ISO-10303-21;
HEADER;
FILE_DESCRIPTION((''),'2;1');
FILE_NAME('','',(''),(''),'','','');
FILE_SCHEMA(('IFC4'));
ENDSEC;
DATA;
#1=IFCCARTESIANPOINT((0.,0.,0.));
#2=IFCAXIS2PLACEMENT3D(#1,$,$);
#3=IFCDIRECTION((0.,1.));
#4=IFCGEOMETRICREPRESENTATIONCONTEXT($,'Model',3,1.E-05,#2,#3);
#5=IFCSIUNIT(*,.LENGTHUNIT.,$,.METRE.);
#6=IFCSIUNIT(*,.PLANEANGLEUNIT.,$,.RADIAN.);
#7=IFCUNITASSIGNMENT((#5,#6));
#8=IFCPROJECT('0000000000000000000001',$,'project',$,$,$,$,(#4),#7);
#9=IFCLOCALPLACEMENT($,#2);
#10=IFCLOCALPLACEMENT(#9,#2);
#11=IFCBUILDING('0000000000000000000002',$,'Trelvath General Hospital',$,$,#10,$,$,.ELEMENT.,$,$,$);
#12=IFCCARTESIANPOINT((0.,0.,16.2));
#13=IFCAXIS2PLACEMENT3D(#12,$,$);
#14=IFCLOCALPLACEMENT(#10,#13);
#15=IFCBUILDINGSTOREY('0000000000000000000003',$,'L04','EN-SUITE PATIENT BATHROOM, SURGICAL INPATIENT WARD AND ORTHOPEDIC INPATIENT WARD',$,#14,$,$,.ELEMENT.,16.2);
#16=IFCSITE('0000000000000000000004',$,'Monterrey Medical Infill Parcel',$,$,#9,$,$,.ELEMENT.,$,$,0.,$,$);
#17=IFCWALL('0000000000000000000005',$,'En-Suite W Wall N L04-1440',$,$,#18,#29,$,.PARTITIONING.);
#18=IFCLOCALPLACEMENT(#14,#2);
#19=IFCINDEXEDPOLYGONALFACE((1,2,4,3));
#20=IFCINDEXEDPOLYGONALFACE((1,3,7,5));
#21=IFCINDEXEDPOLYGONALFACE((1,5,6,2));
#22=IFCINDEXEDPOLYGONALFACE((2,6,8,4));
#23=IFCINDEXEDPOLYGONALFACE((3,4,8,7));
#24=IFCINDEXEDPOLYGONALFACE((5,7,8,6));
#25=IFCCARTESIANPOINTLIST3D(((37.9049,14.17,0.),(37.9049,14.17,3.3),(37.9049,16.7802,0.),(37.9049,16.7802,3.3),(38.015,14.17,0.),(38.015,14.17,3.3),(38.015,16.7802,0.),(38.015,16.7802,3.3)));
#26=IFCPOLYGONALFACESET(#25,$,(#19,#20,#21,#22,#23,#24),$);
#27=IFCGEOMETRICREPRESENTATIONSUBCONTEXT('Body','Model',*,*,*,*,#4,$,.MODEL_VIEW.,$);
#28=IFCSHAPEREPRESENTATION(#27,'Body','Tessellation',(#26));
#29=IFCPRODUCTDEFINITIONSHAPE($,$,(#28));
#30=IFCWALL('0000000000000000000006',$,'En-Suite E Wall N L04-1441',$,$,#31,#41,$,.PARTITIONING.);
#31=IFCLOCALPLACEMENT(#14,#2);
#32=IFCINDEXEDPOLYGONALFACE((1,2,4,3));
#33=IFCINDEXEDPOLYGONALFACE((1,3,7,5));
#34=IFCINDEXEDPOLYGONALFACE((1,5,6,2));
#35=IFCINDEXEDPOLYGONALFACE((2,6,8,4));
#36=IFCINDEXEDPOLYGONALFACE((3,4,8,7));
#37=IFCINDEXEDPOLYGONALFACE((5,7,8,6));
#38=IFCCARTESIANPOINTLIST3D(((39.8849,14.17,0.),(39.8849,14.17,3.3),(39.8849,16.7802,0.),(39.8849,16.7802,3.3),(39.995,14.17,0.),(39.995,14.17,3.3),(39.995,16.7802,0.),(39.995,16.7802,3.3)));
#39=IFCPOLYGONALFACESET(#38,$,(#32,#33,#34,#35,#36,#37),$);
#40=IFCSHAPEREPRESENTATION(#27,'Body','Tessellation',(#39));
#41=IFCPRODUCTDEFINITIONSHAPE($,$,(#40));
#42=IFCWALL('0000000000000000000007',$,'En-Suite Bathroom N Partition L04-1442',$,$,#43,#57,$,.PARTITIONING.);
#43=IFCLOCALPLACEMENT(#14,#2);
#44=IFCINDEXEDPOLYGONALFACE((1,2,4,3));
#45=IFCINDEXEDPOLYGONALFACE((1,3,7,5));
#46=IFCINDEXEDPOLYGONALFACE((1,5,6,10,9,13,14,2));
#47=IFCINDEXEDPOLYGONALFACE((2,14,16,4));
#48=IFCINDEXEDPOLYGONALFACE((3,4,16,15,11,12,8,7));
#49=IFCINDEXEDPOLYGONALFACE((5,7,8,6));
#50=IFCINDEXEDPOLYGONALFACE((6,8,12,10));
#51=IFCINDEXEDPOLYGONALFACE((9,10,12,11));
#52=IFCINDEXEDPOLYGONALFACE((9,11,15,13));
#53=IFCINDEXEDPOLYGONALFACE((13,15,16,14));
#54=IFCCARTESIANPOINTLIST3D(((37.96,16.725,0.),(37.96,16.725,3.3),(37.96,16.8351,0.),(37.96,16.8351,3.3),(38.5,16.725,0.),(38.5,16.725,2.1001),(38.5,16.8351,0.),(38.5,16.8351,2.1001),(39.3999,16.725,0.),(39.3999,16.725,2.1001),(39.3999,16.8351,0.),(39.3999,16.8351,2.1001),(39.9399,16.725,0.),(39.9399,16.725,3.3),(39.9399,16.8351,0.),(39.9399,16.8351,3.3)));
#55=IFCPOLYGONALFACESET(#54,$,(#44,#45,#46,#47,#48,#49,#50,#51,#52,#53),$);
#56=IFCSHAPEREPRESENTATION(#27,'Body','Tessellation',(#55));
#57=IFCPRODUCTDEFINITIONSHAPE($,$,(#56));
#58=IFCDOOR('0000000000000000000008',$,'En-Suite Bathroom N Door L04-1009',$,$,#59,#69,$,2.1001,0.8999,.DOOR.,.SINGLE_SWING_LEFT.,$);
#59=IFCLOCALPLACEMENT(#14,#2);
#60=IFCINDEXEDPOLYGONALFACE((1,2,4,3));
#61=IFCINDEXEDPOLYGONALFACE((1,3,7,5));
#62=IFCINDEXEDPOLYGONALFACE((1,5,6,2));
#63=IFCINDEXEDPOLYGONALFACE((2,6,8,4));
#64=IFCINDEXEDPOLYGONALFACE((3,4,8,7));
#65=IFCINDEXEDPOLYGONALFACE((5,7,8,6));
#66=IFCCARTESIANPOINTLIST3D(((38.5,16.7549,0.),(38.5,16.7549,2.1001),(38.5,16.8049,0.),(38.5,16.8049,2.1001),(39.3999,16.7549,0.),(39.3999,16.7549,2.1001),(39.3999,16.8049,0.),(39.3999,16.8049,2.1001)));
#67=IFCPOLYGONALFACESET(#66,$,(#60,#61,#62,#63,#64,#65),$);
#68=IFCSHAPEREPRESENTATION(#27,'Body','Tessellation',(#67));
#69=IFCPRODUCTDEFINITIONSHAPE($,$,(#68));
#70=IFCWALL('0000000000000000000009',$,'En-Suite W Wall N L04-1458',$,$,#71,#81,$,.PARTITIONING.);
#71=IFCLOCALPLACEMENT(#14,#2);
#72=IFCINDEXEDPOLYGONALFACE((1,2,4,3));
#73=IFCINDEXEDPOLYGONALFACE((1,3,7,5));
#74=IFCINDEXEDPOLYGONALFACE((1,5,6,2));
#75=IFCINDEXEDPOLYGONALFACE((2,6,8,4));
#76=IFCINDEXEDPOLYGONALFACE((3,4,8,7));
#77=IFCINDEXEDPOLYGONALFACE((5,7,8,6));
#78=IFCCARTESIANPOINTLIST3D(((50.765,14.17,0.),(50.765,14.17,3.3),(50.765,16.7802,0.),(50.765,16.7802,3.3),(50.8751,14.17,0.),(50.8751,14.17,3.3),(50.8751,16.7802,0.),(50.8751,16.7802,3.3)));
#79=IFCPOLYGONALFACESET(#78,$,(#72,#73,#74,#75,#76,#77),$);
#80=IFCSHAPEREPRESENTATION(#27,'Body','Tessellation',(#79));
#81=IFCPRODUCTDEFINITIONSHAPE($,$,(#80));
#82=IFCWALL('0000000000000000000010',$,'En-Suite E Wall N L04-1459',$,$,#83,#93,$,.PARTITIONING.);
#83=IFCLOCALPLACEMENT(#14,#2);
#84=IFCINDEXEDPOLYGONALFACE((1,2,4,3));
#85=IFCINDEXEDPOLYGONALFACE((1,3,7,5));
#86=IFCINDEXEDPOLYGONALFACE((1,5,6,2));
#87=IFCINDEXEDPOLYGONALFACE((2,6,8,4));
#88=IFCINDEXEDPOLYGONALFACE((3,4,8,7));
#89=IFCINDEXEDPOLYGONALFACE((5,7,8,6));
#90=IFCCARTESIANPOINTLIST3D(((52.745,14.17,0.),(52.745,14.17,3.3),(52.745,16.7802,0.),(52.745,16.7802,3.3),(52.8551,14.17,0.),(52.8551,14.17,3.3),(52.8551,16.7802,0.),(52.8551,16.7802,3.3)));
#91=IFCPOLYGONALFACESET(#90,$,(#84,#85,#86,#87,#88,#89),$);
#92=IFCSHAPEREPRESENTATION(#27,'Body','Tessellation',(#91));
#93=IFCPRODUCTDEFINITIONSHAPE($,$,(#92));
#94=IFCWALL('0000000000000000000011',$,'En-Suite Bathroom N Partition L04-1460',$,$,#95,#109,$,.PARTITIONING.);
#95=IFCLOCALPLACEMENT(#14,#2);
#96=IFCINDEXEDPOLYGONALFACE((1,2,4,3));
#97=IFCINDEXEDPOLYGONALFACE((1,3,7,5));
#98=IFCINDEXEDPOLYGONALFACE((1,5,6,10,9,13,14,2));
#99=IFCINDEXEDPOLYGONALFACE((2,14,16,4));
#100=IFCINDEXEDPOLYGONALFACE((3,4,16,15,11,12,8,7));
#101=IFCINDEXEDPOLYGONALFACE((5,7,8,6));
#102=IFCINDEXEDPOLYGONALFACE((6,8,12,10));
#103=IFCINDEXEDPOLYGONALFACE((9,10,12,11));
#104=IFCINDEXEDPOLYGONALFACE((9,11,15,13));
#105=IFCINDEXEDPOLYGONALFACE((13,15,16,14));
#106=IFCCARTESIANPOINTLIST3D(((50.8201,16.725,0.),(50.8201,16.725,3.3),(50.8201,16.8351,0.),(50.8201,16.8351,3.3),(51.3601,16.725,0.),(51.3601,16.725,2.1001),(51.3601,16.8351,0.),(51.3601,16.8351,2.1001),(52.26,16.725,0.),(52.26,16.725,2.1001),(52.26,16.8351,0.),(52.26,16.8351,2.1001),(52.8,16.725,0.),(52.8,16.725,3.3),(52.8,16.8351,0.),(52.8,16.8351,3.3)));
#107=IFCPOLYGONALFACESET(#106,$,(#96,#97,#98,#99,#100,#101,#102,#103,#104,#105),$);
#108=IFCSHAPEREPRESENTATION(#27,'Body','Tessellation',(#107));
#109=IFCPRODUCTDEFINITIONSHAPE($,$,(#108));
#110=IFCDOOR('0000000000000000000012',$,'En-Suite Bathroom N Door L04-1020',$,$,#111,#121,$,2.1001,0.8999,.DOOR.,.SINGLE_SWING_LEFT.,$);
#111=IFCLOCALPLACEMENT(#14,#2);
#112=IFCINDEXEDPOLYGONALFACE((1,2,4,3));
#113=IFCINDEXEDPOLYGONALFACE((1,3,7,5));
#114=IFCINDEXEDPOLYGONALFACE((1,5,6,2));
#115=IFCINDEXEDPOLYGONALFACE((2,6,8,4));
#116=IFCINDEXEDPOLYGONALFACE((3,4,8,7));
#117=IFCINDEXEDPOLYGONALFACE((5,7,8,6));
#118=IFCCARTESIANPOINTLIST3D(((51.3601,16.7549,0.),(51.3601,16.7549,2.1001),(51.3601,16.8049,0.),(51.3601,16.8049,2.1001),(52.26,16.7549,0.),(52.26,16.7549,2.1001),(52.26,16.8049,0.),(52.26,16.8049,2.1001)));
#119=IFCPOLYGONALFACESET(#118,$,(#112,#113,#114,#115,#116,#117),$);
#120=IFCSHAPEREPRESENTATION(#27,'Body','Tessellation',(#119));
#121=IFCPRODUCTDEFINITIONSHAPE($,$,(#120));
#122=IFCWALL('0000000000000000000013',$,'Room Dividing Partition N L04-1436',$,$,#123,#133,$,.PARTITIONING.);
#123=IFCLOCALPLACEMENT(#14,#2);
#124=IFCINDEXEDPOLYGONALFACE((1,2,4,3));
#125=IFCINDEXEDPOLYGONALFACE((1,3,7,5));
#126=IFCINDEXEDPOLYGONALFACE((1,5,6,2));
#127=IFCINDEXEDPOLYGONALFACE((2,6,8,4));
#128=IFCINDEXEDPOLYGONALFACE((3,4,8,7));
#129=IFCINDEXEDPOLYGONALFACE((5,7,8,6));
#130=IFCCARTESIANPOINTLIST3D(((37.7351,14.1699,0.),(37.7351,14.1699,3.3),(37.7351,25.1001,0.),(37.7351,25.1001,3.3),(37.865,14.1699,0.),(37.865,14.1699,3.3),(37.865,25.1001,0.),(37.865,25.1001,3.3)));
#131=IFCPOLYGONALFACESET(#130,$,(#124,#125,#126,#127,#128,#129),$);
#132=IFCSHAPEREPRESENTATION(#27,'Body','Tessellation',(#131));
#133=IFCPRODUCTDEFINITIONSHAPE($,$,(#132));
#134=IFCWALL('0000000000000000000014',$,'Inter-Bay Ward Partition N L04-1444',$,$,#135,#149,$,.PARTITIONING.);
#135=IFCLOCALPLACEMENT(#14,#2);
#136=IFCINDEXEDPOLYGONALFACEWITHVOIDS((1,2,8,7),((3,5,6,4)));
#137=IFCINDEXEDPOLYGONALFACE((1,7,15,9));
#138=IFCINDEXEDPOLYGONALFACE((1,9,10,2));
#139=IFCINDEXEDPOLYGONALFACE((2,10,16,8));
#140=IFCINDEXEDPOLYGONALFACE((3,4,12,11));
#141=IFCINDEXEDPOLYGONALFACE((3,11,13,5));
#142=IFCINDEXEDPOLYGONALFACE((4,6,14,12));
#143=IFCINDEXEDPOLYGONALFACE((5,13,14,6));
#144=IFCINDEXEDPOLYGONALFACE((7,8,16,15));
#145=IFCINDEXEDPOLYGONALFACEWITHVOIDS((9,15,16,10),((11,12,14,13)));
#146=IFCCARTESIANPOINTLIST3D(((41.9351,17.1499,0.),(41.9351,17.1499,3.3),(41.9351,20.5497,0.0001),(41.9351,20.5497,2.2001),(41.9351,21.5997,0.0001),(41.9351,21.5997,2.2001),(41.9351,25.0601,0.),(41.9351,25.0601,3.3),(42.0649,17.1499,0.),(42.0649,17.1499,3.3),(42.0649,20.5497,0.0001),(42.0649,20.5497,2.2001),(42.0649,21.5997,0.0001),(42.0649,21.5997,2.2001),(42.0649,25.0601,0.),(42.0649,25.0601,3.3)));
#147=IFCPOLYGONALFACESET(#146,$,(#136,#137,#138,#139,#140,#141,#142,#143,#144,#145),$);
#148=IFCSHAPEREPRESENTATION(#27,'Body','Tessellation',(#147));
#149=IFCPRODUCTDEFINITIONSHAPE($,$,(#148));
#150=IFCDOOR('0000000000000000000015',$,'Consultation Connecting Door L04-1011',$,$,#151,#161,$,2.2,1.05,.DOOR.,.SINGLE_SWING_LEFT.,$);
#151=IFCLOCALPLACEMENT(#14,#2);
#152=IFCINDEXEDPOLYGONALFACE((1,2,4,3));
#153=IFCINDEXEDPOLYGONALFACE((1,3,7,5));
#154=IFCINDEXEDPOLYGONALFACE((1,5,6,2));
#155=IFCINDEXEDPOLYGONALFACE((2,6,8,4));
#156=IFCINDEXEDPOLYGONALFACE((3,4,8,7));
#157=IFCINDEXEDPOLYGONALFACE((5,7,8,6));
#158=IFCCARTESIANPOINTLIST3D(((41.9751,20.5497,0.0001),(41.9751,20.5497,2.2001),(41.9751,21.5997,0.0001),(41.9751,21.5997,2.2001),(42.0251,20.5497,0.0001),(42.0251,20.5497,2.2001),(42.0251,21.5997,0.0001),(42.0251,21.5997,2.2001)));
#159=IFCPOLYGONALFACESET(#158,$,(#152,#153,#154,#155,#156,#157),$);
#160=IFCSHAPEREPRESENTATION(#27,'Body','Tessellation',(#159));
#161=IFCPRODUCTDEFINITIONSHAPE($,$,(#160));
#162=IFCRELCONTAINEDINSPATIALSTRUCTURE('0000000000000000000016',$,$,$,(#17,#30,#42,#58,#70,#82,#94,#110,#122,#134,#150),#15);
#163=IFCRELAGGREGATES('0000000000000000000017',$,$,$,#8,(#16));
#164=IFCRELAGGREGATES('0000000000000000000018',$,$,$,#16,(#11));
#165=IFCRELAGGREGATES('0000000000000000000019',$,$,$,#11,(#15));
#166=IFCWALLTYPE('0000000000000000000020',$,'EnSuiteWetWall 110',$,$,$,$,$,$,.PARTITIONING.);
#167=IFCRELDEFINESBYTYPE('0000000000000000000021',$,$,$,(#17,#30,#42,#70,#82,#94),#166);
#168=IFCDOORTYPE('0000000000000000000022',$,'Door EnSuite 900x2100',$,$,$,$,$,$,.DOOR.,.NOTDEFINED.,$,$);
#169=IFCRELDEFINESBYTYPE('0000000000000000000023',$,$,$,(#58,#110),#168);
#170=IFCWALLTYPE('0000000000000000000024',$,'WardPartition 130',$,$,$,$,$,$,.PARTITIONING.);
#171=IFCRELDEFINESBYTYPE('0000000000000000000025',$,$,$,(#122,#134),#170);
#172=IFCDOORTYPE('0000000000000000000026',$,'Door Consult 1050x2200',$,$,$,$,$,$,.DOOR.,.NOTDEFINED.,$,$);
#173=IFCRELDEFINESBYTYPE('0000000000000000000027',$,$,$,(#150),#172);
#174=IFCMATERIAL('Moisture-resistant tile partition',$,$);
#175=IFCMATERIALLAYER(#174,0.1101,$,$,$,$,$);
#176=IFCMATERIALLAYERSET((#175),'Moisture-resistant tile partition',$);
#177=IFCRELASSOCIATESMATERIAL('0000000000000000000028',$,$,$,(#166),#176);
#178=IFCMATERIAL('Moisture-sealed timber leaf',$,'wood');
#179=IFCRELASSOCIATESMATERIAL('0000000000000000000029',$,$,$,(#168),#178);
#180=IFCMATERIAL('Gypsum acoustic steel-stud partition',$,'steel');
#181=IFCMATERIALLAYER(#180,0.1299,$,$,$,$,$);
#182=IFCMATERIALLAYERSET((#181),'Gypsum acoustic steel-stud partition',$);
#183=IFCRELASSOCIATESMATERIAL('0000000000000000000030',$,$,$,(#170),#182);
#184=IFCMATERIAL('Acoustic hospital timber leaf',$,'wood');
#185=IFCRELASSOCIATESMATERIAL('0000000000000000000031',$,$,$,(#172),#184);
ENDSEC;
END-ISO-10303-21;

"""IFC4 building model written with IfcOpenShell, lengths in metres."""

from ifc_helpers import new_model, si_unit, direction, frame, frame_2d, origin, place, context, subcontext, project, spatial, rectangle, extrude, material, layer, layer_set, type_object, element, fill, save


model = new_model("IFC4")

# Units and contexts
model_context = context("Model", 3, precision=1e-05, world=origin(), true_north=direction((0.0, 1.0)))
body_context = subcontext(model_context, "Body", "Model", "MODEL_VIEW")
ifc_project = project(units=[si_unit("LENGTHUNIT", "METRE"), si_unit("PLANEANGLEUNIT", "RADIAN")], contexts=[model_context])

# Site, building, storey
site_placement = place(None, origin())
site = spatial("IfcSite", under=ifc_project, at=site_placement, Name="Monterrey Medical Infill Parcel", CompositionType="ELEMENT", RefElevation=0.0)
building_placement = place(site_placement, origin())
building = spatial("IfcBuilding", under=site, at=building_placement, Name="Trelvath General Hospital", CompositionType="ELEMENT")
storey_placement = place(building_placement, frame((0.0, 0.0, 16.2)))
storey = spatial("IfcBuildingStorey", under=building, at=storey_placement, Name="L04", Description="EN-SUITE PATIENT BATHROOM, SURGICAL INPATIENT WARD AND ORTHOPEDIC INPATIENT WARD", CompositionType="ELEMENT", Elevation=16.2)

# Shared definitions
ifc_material_1 = material(Name="Moisture-resistant tile partition")
ifc_layer_1 = layer(ifc_material_1, 0.1101)
ifc_layer_set_1 = layer_set([ifc_layer_1], Name="Moisture-resistant tile partition")
wall_type_1 = type_object("IfcWallType", Name="EnSuiteWetWall 110", PredefinedType="PARTITIONING", material=ifc_layer_set_1)

# Shared definitions
ifc_material_2 = material(Name="Moisture-sealed timber leaf", Category="wood")
door_type_1 = type_object("IfcDoorType", Name="Door EnSuite 900x2100", OperationType="NOTDEFINED", PredefinedType="DOOR", material=ifc_material_2)

# Walls
for number, where, z_axis, x_axis, name in (
    (1, (37.96, 14.1699, 0.0), (0.0, 0.0, 1.0), (0.0, 1.0, 0.0), "En-Suite W Wall N L04-1440"),
    (2, (39.9399, 14.1699, 0.0), (0.0, 0.0, 1.0), (0.0, 1.0, 0.0), "En-Suite E Wall N L04-1441"),
):
    element("IfcWall", number, at=place(storey_placement, frame(where, z_axis=z_axis, x_axis=x_axis)), inside=storey, type_object=wall_type_1, Name=name, PredefinedType="PARTITIONING", context=body_context, shape_type="SweptSolid", body=[
        extrude(rectangle(XDim=2.6101, YDim=0.1101, at=frame_2d((1.3052, 0.0))), origin(), (0.0, 0.0, 1.0), 3.3),
    ])

# Wall, opening, door
wall_1_placement = place(storey_placement, frame((37.96, 16.78, 0.0), z_axis=(0.0, 0.0, 1.0), x_axis=(1.0, 0.0, 0.0)))
wall_1 = element("IfcWall", 3, at=wall_1_placement, inside=storey, type_object=wall_type_1, Name="En-Suite Bathroom N Partition L04-1442", PredefinedType="PARTITIONING", context=body_context, shape_type="SweptSolid", body=[
    extrude(rectangle(XDim=1.98, YDim=0.1101, at=frame_2d((0.99, 0.0))), origin(), (0.0, 0.0, 1.0), 3.3),
])
opening_1_placement = place(wall_1_placement, frame((0.54, 0.0, 0.0)))
opening_1 = element("IfcOpeningElement", 4, at=opening_1_placement, cuts=wall_1, PredefinedType="OPENING", context=body_context, shape_type="SweptSolid", body=[
    extrude(rectangle(XDim=0.8999, YDim=2.1001, at=frame_2d((0.45, 1.05))), frame((0.0, 0.0649, 0.0), z_axis=(0.0, -1.0, 0.0), x_axis=(1.0, 0.0, 0.0)), (0.0, 0.0, 1.0), 0.1301),
])
door_1_placement = place(opening_1_placement, origin())
door_1 = element("IfcDoor", 5, at=door_1_placement, inside=storey, type_object=door_type_1, Name="En-Suite Bathroom N Door L04-1009", OperationType="SINGLE_SWING_LEFT", OverallHeight=2.1001, OverallWidth=0.8999, PredefinedType="DOOR", context=body_context, shape_type="SweptSolid", body=[
    extrude(rectangle(XDim=0.8999, YDim=2.1001, at=frame_2d((0.45, 1.05))), frame((0.0, 0.0249, 0.0), z_axis=(0.0, -1.0, 0.0), x_axis=(1.0, 0.0, 0.0)), (0.0, 0.0, 1.0), 0.05),
])
fill(opening_1, door_1)

# Walls
for number, where, z_axis, x_axis, name in (
    (6, (50.8201, 14.1699, 0.0), (0.0, 0.0, 1.0), (0.0, 1.0, 0.0), "En-Suite W Wall N L04-1458"),
    (7, (52.8, 14.1699, 0.0), (0.0, 0.0, 1.0), (0.0, 1.0, 0.0), "En-Suite E Wall N L04-1459"),
):
    element("IfcWall", number, at=place(storey_placement, frame(where, z_axis=z_axis, x_axis=x_axis)), inside=storey, type_object=wall_type_1, Name=name, PredefinedType="PARTITIONING", context=body_context, shape_type="SweptSolid", body=[
        extrude(rectangle(XDim=2.6101, YDim=0.1101, at=frame_2d((1.3052, 0.0))), origin(), (0.0, 0.0, 1.0), 3.3),
    ])

# Wall, opening, door
wall_2_placement = place(storey_placement, frame((50.8201, 16.78, 0.0), z_axis=(0.0, 0.0, 1.0), x_axis=(1.0, 0.0, 0.0)))
wall_2 = element("IfcWall", 8, at=wall_2_placement, inside=storey, type_object=wall_type_1, Name="En-Suite Bathroom N Partition L04-1460", PredefinedType="PARTITIONING", context=body_context, shape_type="SweptSolid", body=[
    extrude(rectangle(XDim=1.98, YDim=0.1101, at=frame_2d((0.99, 0.0))), origin(), (0.0, 0.0, 1.0), 3.3),
])
opening_2_placement = place(wall_2_placement, frame((0.54, 0.0, 0.0)))
opening_2 = element("IfcOpeningElement", 9, at=opening_2_placement, cuts=wall_2, PredefinedType="OPENING", context=body_context, shape_type="SweptSolid", body=[
    extrude(rectangle(XDim=0.8999, YDim=2.1001, at=frame_2d((0.45, 1.05))), frame((0.0, 0.0649, 0.0), z_axis=(0.0, -1.0, 0.0), x_axis=(1.0, 0.0, 0.0)), (0.0, 0.0, 1.0), 0.1301),
])
door_2_placement = place(opening_2_placement, origin())
door_2 = element("IfcDoor", 10, at=door_2_placement, inside=storey, type_object=door_type_1, Name="En-Suite Bathroom N Door L04-1020", OperationType="SINGLE_SWING_LEFT", OverallHeight=2.1001, OverallWidth=0.8999, PredefinedType="DOOR", context=body_context, shape_type="SweptSolid", body=[
    extrude(rectangle(XDim=0.8999, YDim=2.1001, at=frame_2d((0.45, 1.05))), frame((0.0, 0.0249, 0.0), z_axis=(0.0, -1.0, 0.0), x_axis=(1.0, 0.0, 0.0)), (0.0, 0.0, 1.0), 0.05),
])
fill(opening_2, door_2)

# Wall
ifc_material_3 = material(Name="Gypsum acoustic steel-stud partition", Category="steel")
ifc_layer_2 = layer(ifc_material_3, 0.1299)
ifc_layer_set_2 = layer_set([ifc_layer_2], Name="Gypsum acoustic steel-stud partition")
wall_type_2 = type_object("IfcWallType", Name="WardPartition 130", PredefinedType="PARTITIONING", material=ifc_layer_set_2)
wall_3_placement = place(storey_placement, frame((37.8, 14.1699, 0.0), z_axis=(0.0, 0.0, 1.0), x_axis=(0.0, 1.0, 0.0)))
element("IfcWall", 11, at=wall_3_placement, inside=storey, type_object=wall_type_2, Name="Room Dividing Partition N L04-1436", PredefinedType="PARTITIONING", context=body_context, shape_type="SweptSolid", body=[
    extrude(rectangle(XDim=10.9302, YDim=0.1299, at=frame_2d((5.4651, 0.0))), origin(), (0.0, 0.0, 1.0), 3.3),
])

# Wall, opening, door
wall_4_placement = place(storey_placement, frame((42.0, 17.1499, 0.0), z_axis=(0.0, 0.0, 1.0), x_axis=(0.0, 1.0, 0.0)))
wall_4 = element("IfcWall", 12, at=wall_4_placement, inside=storey, type_object=wall_type_2, Name="Inter-Bay Ward Partition N L04-1444", PredefinedType="PARTITIONING", context=body_context, shape_type="SweptSolid", body=[
    extrude(rectangle(XDim=7.9102, YDim=0.1299, at=frame_2d((3.9551, 0.0))), origin(), (0.0, 0.0, 1.0), 3.3),
])
opening_3_placement = place(wall_4_placement, frame((3.3999, 0.0, 0.0)))
opening_3 = element("IfcOpeningElement", 13, at=opening_3_placement, cuts=wall_4, PredefinedType="OPENING", context=body_context, shape_type="SweptSolid", body=[
    extrude(rectangle(XDim=1.05, YDim=2.2, at=frame_2d((0.5249, 1.1001))), frame((0.0, 0.075, 0.0), z_axis=(0.0, -1.0, 0.0), x_axis=(1.0, 0.0, 0.0)), (0.0, 0.0, 1.0), 0.1499),
])
ifc_material_4 = material(Name="Acoustic hospital timber leaf", Category="wood")
door_type_2 = type_object("IfcDoorType", Name="Door Consult 1050x2200", OperationType="NOTDEFINED", PredefinedType="DOOR", material=ifc_material_4)
door_3_placement = place(opening_3_placement, origin())
door_3 = element("IfcDoor", 14, at=door_3_placement, inside=storey, type_object=door_type_2, Name="Consultation Connecting Door L04-1011", OperationType="SINGLE_SWING_LEFT", OverallHeight=2.2, OverallWidth=1.05, PredefinedType="DOOR", context=body_context, shape_type="SweptSolid", body=[
    extrude(rectangle(XDim=1.05, YDim=2.2, at=frame_2d((0.5249, 1.1001))), frame((0.0, 0.0249, 0.0), z_axis=(0.0, -1.0, 0.0), x_axis=(1.0, 0.0, 0.0)), (0.0, 0.0, 1.0), 0.05),
])
fill(opening_3, door_3)

save(model, "model.ifc")
